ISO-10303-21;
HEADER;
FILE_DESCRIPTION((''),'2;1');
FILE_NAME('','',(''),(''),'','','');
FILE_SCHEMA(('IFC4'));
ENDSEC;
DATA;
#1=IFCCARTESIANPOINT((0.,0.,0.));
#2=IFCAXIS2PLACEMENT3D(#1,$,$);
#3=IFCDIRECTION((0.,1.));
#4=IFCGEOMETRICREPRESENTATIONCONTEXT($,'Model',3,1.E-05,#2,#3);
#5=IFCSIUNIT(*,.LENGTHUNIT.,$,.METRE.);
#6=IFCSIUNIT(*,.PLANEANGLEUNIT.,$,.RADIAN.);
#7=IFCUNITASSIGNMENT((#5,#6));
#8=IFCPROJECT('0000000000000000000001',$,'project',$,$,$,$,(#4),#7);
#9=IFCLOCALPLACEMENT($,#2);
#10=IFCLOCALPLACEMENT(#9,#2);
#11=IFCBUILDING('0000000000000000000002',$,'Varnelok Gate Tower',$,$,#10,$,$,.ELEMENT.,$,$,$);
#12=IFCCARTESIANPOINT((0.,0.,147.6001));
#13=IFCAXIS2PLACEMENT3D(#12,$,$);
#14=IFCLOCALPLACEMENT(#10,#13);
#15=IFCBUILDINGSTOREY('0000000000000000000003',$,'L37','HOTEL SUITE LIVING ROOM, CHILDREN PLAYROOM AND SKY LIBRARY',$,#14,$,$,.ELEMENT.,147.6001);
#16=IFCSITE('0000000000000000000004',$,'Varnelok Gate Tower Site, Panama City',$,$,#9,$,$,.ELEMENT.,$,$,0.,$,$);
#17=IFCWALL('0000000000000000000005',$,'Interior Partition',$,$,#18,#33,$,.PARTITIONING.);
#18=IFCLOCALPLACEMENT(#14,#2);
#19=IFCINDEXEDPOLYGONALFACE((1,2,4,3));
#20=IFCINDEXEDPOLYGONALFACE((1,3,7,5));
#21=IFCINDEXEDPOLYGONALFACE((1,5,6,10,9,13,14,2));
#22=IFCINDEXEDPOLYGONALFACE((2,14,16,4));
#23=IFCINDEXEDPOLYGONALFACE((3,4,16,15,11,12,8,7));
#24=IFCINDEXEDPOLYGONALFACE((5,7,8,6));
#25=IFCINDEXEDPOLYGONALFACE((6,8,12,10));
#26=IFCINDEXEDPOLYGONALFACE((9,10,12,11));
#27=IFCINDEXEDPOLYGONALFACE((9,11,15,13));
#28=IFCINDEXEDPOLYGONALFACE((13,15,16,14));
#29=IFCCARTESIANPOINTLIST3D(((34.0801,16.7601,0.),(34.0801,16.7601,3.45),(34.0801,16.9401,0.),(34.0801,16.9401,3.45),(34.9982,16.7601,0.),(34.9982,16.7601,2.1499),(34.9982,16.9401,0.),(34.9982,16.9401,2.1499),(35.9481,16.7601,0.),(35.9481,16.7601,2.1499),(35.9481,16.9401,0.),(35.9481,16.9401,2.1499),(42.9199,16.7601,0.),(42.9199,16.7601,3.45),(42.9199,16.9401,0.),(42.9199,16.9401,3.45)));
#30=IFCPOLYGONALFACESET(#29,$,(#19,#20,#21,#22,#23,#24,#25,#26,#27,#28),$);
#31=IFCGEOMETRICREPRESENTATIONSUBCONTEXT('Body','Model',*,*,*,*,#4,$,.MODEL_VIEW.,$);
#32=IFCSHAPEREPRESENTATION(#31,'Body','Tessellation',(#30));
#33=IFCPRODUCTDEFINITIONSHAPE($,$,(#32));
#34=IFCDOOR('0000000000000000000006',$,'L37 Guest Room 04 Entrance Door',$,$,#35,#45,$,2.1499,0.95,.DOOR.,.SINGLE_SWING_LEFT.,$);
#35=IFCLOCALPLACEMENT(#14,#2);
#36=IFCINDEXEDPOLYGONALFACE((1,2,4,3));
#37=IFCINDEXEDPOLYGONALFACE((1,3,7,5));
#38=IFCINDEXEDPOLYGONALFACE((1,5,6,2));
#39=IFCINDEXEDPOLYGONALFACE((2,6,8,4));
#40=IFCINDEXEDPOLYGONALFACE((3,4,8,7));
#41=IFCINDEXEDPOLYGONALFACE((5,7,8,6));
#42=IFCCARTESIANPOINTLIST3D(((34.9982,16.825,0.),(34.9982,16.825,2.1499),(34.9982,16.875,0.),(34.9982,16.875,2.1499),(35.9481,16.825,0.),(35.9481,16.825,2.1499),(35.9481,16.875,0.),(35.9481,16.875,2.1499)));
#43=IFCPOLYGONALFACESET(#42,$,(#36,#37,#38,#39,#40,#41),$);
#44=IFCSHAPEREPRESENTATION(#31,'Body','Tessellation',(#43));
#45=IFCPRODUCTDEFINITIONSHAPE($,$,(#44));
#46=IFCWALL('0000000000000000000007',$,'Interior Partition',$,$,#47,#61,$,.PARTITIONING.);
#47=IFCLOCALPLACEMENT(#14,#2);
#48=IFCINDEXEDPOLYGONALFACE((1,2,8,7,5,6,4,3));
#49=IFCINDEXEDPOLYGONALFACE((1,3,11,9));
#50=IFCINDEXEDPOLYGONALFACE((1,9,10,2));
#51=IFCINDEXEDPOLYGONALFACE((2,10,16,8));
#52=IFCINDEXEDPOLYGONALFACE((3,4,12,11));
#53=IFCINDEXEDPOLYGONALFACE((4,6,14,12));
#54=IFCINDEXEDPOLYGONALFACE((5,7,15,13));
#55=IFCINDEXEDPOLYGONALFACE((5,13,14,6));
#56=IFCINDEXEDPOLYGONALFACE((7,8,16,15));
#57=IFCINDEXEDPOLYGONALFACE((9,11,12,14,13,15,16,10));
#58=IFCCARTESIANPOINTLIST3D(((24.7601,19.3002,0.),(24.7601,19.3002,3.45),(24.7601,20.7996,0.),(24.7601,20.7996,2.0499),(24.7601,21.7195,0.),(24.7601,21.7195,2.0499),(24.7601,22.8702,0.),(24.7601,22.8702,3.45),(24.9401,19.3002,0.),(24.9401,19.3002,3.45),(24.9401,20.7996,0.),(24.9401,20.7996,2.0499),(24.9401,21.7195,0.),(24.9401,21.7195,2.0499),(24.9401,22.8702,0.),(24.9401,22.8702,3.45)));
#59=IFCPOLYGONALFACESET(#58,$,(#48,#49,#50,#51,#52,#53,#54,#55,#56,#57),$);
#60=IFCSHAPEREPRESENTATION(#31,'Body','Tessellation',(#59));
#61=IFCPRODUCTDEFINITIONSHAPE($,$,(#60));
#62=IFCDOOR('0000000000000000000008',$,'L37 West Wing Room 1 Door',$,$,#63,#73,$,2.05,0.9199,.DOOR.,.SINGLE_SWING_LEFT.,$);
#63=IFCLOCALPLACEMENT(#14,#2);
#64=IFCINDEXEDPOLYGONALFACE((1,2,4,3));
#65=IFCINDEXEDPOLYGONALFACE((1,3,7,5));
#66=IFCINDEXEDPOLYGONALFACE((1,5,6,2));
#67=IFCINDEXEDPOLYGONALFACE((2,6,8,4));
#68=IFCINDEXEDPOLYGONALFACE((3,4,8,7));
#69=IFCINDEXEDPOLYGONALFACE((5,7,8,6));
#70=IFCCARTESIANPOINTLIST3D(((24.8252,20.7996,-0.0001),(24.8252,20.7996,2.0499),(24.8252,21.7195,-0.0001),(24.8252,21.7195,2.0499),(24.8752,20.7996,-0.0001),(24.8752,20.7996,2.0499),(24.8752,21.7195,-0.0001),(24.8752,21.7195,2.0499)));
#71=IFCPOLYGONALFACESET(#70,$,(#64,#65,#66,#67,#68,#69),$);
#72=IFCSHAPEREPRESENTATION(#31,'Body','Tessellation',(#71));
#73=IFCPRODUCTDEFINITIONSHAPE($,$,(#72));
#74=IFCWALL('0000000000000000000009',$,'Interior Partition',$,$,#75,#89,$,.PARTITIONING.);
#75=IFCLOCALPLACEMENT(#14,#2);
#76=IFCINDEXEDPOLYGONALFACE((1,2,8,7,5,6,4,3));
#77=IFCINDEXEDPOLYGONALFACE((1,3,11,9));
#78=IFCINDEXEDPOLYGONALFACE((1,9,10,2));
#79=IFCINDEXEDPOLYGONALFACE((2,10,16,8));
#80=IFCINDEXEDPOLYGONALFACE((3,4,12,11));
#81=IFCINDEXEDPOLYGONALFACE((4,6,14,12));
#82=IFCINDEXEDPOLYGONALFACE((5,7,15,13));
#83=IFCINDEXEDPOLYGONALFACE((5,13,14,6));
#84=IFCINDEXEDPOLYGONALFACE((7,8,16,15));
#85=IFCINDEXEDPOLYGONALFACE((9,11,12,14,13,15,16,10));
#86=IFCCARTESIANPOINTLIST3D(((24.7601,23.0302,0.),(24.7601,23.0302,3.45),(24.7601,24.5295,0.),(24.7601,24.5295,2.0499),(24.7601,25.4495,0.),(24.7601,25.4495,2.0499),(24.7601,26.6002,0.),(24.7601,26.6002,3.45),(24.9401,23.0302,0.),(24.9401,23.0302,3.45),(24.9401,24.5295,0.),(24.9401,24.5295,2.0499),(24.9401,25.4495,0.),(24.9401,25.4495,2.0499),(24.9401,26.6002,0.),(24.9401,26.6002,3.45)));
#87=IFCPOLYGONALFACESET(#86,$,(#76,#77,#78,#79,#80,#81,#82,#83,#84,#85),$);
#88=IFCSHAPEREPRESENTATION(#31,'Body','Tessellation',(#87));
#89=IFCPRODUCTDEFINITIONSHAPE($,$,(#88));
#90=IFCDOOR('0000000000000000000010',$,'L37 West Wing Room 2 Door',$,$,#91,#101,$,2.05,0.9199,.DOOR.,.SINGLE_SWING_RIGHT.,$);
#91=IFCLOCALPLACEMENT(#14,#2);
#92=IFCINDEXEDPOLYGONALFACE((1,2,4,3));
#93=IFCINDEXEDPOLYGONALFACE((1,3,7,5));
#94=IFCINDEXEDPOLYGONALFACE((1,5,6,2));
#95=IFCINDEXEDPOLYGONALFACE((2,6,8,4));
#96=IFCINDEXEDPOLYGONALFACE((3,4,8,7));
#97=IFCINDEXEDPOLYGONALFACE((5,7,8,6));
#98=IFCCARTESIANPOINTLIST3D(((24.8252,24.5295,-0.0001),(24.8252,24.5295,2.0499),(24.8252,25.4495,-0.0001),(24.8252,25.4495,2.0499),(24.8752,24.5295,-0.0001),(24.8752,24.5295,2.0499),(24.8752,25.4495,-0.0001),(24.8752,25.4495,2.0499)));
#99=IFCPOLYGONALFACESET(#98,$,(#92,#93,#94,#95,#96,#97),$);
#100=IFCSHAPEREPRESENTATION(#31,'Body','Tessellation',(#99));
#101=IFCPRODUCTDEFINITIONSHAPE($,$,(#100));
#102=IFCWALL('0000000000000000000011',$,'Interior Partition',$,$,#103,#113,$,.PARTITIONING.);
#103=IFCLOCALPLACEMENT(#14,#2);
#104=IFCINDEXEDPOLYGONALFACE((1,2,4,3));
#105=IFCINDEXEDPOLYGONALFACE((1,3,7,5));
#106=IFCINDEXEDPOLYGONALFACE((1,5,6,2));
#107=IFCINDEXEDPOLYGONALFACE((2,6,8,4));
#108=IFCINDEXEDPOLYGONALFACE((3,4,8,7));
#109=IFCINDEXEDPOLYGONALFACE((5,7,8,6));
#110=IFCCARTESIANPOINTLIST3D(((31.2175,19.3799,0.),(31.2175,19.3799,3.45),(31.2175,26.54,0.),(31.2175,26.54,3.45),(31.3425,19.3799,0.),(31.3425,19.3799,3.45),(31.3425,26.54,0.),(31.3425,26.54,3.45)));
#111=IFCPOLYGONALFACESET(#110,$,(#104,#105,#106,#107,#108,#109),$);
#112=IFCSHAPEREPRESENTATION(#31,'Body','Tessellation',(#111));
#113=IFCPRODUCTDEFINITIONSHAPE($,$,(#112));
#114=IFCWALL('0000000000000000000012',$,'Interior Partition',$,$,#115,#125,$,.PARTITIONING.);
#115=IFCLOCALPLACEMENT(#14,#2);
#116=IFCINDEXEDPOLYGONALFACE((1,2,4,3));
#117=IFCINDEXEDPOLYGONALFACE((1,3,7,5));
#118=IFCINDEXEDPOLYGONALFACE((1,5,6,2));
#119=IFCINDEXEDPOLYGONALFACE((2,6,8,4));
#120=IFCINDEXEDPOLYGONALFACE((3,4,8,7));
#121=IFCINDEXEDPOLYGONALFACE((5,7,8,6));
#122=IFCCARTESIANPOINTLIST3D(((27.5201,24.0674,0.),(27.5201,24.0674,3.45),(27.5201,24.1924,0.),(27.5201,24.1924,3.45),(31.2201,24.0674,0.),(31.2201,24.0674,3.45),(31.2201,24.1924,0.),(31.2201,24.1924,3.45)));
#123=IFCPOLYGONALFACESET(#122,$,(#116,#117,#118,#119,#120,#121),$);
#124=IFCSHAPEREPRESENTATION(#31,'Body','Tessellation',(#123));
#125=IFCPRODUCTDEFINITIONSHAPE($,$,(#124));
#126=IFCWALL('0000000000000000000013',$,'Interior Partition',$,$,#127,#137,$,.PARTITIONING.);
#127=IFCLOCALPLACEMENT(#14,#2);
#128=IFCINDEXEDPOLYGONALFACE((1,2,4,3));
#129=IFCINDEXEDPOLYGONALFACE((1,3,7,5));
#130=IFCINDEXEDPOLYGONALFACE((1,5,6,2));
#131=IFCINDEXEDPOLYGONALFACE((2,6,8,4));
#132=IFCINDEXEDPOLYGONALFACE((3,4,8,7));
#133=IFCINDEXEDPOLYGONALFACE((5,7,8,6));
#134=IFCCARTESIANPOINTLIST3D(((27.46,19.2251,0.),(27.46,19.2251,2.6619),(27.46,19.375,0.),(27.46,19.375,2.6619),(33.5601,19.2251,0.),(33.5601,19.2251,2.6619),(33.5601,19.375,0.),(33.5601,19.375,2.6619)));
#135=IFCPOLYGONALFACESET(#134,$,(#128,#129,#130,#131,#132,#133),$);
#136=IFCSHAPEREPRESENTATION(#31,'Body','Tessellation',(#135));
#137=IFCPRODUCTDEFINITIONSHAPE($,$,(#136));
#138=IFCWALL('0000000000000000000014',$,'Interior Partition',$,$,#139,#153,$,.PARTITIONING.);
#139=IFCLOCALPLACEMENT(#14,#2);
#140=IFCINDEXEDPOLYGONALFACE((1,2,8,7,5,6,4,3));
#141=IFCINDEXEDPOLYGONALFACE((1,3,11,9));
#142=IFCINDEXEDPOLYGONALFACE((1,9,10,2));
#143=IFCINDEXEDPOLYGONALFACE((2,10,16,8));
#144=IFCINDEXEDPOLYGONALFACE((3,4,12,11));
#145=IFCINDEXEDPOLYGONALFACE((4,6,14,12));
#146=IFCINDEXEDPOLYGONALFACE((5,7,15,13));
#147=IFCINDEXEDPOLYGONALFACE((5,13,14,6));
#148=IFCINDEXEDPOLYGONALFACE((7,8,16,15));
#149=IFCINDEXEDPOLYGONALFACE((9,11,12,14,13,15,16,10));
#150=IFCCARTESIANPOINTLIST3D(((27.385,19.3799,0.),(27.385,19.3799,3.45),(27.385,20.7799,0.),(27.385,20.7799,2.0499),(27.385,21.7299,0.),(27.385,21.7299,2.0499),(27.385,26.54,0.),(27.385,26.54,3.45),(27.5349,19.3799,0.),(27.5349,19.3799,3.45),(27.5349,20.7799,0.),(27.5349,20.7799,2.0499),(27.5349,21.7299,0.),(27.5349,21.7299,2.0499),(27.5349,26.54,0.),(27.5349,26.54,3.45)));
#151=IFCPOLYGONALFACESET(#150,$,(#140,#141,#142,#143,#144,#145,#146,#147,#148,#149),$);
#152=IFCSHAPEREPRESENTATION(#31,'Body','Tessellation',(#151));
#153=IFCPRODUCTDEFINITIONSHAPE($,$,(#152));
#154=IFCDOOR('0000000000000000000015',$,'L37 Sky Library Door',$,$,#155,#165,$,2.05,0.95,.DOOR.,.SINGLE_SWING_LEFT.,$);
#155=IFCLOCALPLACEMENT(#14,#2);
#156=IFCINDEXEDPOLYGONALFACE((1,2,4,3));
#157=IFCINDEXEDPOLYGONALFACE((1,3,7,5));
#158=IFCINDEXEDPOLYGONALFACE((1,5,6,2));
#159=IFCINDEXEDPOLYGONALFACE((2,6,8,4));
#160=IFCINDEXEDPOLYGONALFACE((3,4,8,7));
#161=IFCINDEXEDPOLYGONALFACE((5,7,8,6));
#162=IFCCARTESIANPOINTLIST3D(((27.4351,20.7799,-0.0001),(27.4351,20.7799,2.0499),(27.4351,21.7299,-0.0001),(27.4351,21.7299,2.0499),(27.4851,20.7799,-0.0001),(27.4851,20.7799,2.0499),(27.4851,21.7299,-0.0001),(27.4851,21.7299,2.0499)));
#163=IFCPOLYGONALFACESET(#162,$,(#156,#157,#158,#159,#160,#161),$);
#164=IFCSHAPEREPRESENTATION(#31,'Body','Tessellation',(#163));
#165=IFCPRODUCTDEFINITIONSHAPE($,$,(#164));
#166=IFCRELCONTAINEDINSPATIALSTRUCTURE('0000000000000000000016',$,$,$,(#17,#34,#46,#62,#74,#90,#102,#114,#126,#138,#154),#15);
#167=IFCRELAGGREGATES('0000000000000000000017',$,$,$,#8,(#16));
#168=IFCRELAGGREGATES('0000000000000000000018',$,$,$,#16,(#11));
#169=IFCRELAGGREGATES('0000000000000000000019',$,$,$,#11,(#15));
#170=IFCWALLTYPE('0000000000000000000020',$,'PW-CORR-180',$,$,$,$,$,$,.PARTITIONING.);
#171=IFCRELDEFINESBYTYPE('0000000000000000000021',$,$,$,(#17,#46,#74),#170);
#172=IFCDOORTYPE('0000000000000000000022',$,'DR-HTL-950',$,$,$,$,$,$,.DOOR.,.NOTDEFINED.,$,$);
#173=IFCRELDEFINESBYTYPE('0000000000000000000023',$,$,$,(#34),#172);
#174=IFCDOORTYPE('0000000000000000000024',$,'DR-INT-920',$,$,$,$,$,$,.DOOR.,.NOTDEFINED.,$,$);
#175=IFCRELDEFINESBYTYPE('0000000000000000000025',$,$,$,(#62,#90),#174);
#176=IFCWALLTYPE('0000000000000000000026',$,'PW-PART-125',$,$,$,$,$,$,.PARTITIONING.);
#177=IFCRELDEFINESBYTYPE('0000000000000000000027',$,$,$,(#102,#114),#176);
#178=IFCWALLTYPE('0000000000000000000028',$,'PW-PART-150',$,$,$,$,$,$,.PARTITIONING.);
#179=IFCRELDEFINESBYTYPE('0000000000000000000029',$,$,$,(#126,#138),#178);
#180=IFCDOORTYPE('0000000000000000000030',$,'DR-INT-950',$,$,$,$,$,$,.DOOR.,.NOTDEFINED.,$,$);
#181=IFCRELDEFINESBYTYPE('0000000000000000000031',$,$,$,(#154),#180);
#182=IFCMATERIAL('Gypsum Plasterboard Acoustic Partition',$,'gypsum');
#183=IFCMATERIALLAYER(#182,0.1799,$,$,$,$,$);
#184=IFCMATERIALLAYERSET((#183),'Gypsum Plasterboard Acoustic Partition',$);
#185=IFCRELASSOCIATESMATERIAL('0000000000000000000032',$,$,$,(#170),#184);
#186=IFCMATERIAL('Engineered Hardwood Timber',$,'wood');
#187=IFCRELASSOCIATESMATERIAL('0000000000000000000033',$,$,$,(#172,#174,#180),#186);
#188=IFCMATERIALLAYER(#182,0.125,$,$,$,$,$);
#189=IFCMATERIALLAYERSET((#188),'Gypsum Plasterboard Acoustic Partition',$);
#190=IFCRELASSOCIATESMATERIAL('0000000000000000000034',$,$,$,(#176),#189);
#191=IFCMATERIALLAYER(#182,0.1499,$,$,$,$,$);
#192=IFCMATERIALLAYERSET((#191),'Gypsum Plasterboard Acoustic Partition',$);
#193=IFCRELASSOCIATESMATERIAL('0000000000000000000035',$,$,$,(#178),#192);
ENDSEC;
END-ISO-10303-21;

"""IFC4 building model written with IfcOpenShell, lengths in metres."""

from ifc_helpers import new_model, si_unit, direction, frame, frame_2d, origin, place, context, subcontext, project, spatial, rectangle, extrude, material, layer, layer_set, type_object, element, fill, save


model = new_model("IFC4")

# Units and contexts
model_context = context("Model", 3, precision=1e-05, world=origin(), true_north=direction((0.0, 1.0)))
body_context = subcontext(model_context, "Body", "Model", "MODEL_VIEW")
ifc_project = project(units=[si_unit("LENGTHUNIT", "METRE"), si_unit("PLANEANGLEUNIT", "RADIAN")], contexts=[model_context])

# Site, building, storey
site_placement = place(None, origin())
site = spatial("IfcSite", under=ifc_project, at=site_placement, Name="Varnelok Gate Tower Site, Panama City", CompositionType="ELEMENT", RefElevation=0.0)
building_placement = place(site_placement, origin())
building = spatial("IfcBuilding", under=site, at=building_placement, Name="Varnelok Gate Tower", CompositionType="ELEMENT")
storey_placement = place(building_placement, frame((0.0, 0.0, 147.6001)))
storey = spatial("IfcBuildingStorey", under=building, at=storey_placement, Name="L37", Description="HOTEL SUITE LIVING ROOM, CHILDREN PLAYROOM AND SKY LIBRARY", CompositionType="ELEMENT", Elevation=147.6001)

# Walls, openings, doors
ifc_material_1 = material(Name="Gypsum Plasterboard Acoustic Partition", Category="gypsum")
ifc_layer_1 = layer(ifc_material_1, 0.1799)
ifc_layer_set_1 = layer_set([ifc_layer_1], Name="Gypsum Plasterboard Acoustic Partition")
wall_type_1 = type_object("IfcWallType", Name="PW-CORR-180", PredefinedType="PARTITIONING", material=ifc_layer_set_1)
wall_1_placement = place(storey_placement, frame((34.0801, 16.8501, 0.0), z_axis=(0.0, 0.0, 1.0), x_axis=(1.0, 0.0, 0.0)))
wall_1 = element("IfcWall", 1, at=wall_1_placement, inside=storey, type_object=wall_type_1, Name="Interior Partition", PredefinedType="PARTITIONING", context=body_context, shape_type="SweptSolid", body=[
    extrude(rectangle(XDim=8.8398, YDim=0.1799, at=frame_2d((4.4199, 0.0))), origin(), (0.0, 0.0, 1.0), 3.45),
])
opening_1_placement = place(wall_1_placement, frame((0.918, 0.0, 0.0)))
opening_1 = element("IfcOpeningElement", 2, at=opening_1_placement, cuts=wall_1, PredefinedType="OPENING", context=body_context, shape_type="SweptSolid", body=[
    extrude(rectangle(XDim=0.95, YDim=2.1499, at=frame_2d((0.4751, 1.075))), frame((0.0, 0.0999, 0.0), z_axis=(0.0, -1.0, 0.0), x_axis=(1.0, 0.0, 0.0)), (0.0, 0.0, 1.0), 0.2),
])
ifc_material_2 = material(Name="Engineered Hardwood Timber", Category="wood")
door_type_1 = type_object("IfcDoorType", Name="DR-HTL-950", OperationType="NOTDEFINED", PredefinedType="DOOR", material=ifc_material_2)
door_1_placement = place(opening_1_placement, origin())
door_1 = element("IfcDoor", 3, at=door_1_placement, inside=storey, type_object=door_type_1, Name="L37 Guest Room 04 Entrance Door", OperationType="SINGLE_SWING_LEFT", OverallHeight=2.1499, OverallWidth=0.95, PredefinedType="DOOR", context=body_context, shape_type="SweptSolid", body=[
    extrude(rectangle(XDim=0.95, YDim=2.1499, at=frame_2d((0.4751, 1.075))), frame((0.0, 0.0249, 0.0), z_axis=(0.0, -1.0, 0.0), x_axis=(1.0, 0.0, 0.0)), (0.0, 0.0, 1.0), 0.05),
])
fill(opening_1, door_1)
wall_2_placement = place(storey_placement, frame((24.8501, 19.3, 0.0), z_axis=(0.0, 0.0, 1.0), x_axis=(0.0, 1.0, 0.0)))
wall_2 = element("IfcWall", 4, at=wall_2_placement, inside=storey, type_object=wall_type_1, Name="Interior Partition", PredefinedType="PARTITIONING", context=body_context, shape_type="SweptSolid", body=[
    extrude(rectangle(XDim=3.5701, YDim=0.1799, at=frame_2d((1.7852, 0.0))), origin(), (0.0, 0.0, 1.0), 3.45),
])
opening_2_placement = place(wall_2_placement, frame((1.4995, 0.0, 0.0)))
opening_2 = element("IfcOpeningElement", 5, at=opening_2_placement, cuts=wall_2, PredefinedType="OPENING", context=body_context, shape_type="SweptSolid", body=[
    extrude(rectangle(XDim=0.9199, YDim=2.05, at=frame_2d((0.46, 1.0249))), frame((0.0, 0.0999, 0.0), z_axis=(0.0, -1.0, 0.0), x_axis=(1.0, 0.0, 0.0)), (0.0, 0.0, 1.0), 0.2),
])
door_type_2 = type_object("IfcDoorType", Name="DR-INT-920", OperationType="NOTDEFINED", PredefinedType="DOOR", material=ifc_material_2)
door_2_placement = place(opening_2_placement, origin())
door_2 = element("IfcDoor", 6, at=door_2_placement, inside=storey, type_object=door_type_2, Name="L37 West Wing Room 1 Door", OperationType="SINGLE_SWING_LEFT", OverallHeight=2.05, OverallWidth=0.9199, PredefinedType="DOOR", context=body_context, shape_type="SweptSolid", body=[
    extrude(rectangle(XDim=0.9199, YDim=2.05, at=frame_2d((0.46, 1.0249))), frame((0.0, 0.0249, 0.0), z_axis=(0.0, -1.0, 0.0), x_axis=(1.0, 0.0, 0.0)), (0.0, 0.0, 1.0), 0.05),
])
fill(opening_2, door_2)
wall_3_placement = place(storey_placement, frame((24.8501, 23.03, 0.0), z_axis=(0.0, 0.0, 1.0), x_axis=(0.0, 1.0, 0.0)))
wall_3 = element("IfcWall", 7, at=wall_3_placement, inside=storey, type_object=wall_type_1, Name="Interior Partition", PredefinedType="PARTITIONING", context=body_context, shape_type="SweptSolid", body=[
    extrude(rectangle(XDim=3.5701, YDim=0.1799, at=frame_2d((1.7852, 0.0))), origin(), (0.0, 0.0, 1.0), 3.45),
])
opening_3_placement = place(wall_3_placement, frame((1.4995, 0.0, 0.0)))
opening_3 = element("IfcOpeningElement", 8, at=opening_3_placement, cuts=wall_3, PredefinedType="OPENING", context=body_context, shape_type="SweptSolid", body=[
    extrude(rectangle(XDim=0.9199, YDim=2.05, at=frame_2d((0.46, 1.0249))), frame((0.0, 0.0999, 0.0), z_axis=(0.0, -1.0, 0.0), x_axis=(1.0, 0.0, 0.0)), (0.0, 0.0, 1.0), 0.2),
])
door_3_placement = place(opening_3_placement, origin())
door_3 = element("IfcDoor", 9, at=door_3_placement, inside=storey, type_object=door_type_2, Name="L37 West Wing Room 2 Door", OperationType="SINGLE_SWING_RIGHT", OverallHeight=2.05, OverallWidth=0.9199, PredefinedType="DOOR", context=body_context, shape_type="SweptSolid", body=[
    extrude(rectangle(XDim=0.9199, YDim=2.05, at=frame_2d((0.46, 1.0249))), frame((0.0, 0.0249, 0.0), z_axis=(0.0, -1.0, 0.0), x_axis=(1.0, 0.0, 0.0)), (0.0, 0.0, 1.0), 0.05),
])
fill(opening_3, door_3)

# Walls
ifc_layer_2 = layer(ifc_material_1, 0.125)
ifc_layer_set_2 = layer_set([ifc_layer_2], Name="Gypsum Plasterboard Acoustic Partition")
wall_type_2 = type_object("IfcWallType", Name="PW-PART-125", PredefinedType="PARTITIONING", material=ifc_layer_set_2)
wall_4_placement = place(storey_placement, frame((31.28, 19.3799, 0.0), z_axis=(0.0, 0.0, 1.0), x_axis=(0.0, 1.0, 0.0)))
element("IfcWall", 10, at=wall_4_placement, inside=storey, type_object=wall_type_2, Name="Interior Partition", PredefinedType="PARTITIONING", context=body_context, shape_type="SweptSolid", body=[
    extrude(rectangle(XDim=7.1602, YDim=0.125, at=frame_2d((3.5801, 0.0))), origin(), (0.0, 0.0, 1.0), 3.45),
])
wall_5_placement = place(storey_placement, frame((27.52, 24.1299, 0.0), z_axis=(0.0, 0.0, 1.0), x_axis=(1.0, 0.0, 0.0)))
element("IfcWall", 11, at=wall_5_placement, inside=storey, type_object=wall_type_2, Name="Interior Partition", PredefinedType="PARTITIONING", context=body_context, shape_type="SweptSolid", body=[
    extrude(rectangle(XDim=3.7, YDim=0.125, at=frame_2d((1.8501, 0.0))), origin(), (0.0, 0.0, 1.0), 3.45),
])
ifc_layer_3 = layer(ifc_material_1, 0.1499)
ifc_layer_set_3 = layer_set([ifc_layer_3], Name="Gypsum Plasterboard Acoustic Partition")
wall_type_3 = type_object("IfcWallType", Name="PW-PART-150", PredefinedType="PARTITIONING", material=ifc_layer_set_3)
wall_6_placement = place(storey_placement, frame((27.46, 19.3, 0.0), z_axis=(0.0, 0.0, 1.0), x_axis=(1.0, 0.0, 0.0)))
element("IfcWall", 12, at=wall_6_placement, inside=storey, type_object=wall_type_3, Name="Interior Partition", PredefinedType="PARTITIONING", context=body_context, shape_type="SweptSolid", body=[
    extrude(rectangle(XDim=6.1001, YDim=0.1499, at=frame_2d((3.05, 0.0))), origin(), (0.0, 0.0, 1.0), 2.6619),
])

# Wall, opening, door
wall_7_placement = place(storey_placement, frame((27.46, 19.3799, 0.0), z_axis=(0.0, 0.0, 1.0), x_axis=(0.0, 1.0, 0.0)))
wall_7 = element("IfcWall", 13, at=wall_7_placement, inside=storey, type_object=wall_type_3, Name="Interior Partition", PredefinedType="PARTITIONING", context=body_context, shape_type="SweptSolid", body=[
    extrude(rectangle(XDim=7.1602, YDim=0.1499, at=frame_2d((3.5801, 0.0))), origin(), (0.0, 0.0, 1.0), 3.45),
])
opening_4_placement = place(wall_7_placement, frame((1.3999, 0.0, 0.0)))
opening_4 = element("IfcOpeningElement", 14, at=opening_4_placement, cuts=wall_7, PredefinedType="OPENING", context=body_context, shape_type="SweptSolid", body=[
    extrude(rectangle(XDim=0.95, YDim=2.05, at=frame_2d((0.4751, 1.0249))), frame((0.0, 0.085, 0.0), z_axis=(0.0, -1.0, 0.0), x_axis=(1.0, 0.0, 0.0)), (0.0, 0.0, 1.0), 0.1699),
])
door_type_3 = type_object("IfcDoorType", Name="DR-INT-950", OperationType="NOTDEFINED", PredefinedType="DOOR", material=ifc_material_2)
door_4_placement = place(opening_4_placement, origin())
door_4 = element("IfcDoor", 15, at=door_4_placement, inside=storey, type_object=door_type_3, Name="L37 Sky Library Door", OperationType="SINGLE_SWING_LEFT", OverallHeight=2.05, OverallWidth=0.95, PredefinedType="DOOR", context=body_context, shape_type="SweptSolid", body=[
    extrude(rectangle(XDim=0.95, YDim=2.05, at=frame_2d((0.4751, 1.0249))), frame((0.0, 0.0249, 0.0), z_axis=(0.0, -1.0, 0.0), x_axis=(1.0, 0.0, 0.0)), (0.0, 0.0, 1.0), 0.05),
])
fill(opening_4, door_4)

save(model, "model.ifc")
